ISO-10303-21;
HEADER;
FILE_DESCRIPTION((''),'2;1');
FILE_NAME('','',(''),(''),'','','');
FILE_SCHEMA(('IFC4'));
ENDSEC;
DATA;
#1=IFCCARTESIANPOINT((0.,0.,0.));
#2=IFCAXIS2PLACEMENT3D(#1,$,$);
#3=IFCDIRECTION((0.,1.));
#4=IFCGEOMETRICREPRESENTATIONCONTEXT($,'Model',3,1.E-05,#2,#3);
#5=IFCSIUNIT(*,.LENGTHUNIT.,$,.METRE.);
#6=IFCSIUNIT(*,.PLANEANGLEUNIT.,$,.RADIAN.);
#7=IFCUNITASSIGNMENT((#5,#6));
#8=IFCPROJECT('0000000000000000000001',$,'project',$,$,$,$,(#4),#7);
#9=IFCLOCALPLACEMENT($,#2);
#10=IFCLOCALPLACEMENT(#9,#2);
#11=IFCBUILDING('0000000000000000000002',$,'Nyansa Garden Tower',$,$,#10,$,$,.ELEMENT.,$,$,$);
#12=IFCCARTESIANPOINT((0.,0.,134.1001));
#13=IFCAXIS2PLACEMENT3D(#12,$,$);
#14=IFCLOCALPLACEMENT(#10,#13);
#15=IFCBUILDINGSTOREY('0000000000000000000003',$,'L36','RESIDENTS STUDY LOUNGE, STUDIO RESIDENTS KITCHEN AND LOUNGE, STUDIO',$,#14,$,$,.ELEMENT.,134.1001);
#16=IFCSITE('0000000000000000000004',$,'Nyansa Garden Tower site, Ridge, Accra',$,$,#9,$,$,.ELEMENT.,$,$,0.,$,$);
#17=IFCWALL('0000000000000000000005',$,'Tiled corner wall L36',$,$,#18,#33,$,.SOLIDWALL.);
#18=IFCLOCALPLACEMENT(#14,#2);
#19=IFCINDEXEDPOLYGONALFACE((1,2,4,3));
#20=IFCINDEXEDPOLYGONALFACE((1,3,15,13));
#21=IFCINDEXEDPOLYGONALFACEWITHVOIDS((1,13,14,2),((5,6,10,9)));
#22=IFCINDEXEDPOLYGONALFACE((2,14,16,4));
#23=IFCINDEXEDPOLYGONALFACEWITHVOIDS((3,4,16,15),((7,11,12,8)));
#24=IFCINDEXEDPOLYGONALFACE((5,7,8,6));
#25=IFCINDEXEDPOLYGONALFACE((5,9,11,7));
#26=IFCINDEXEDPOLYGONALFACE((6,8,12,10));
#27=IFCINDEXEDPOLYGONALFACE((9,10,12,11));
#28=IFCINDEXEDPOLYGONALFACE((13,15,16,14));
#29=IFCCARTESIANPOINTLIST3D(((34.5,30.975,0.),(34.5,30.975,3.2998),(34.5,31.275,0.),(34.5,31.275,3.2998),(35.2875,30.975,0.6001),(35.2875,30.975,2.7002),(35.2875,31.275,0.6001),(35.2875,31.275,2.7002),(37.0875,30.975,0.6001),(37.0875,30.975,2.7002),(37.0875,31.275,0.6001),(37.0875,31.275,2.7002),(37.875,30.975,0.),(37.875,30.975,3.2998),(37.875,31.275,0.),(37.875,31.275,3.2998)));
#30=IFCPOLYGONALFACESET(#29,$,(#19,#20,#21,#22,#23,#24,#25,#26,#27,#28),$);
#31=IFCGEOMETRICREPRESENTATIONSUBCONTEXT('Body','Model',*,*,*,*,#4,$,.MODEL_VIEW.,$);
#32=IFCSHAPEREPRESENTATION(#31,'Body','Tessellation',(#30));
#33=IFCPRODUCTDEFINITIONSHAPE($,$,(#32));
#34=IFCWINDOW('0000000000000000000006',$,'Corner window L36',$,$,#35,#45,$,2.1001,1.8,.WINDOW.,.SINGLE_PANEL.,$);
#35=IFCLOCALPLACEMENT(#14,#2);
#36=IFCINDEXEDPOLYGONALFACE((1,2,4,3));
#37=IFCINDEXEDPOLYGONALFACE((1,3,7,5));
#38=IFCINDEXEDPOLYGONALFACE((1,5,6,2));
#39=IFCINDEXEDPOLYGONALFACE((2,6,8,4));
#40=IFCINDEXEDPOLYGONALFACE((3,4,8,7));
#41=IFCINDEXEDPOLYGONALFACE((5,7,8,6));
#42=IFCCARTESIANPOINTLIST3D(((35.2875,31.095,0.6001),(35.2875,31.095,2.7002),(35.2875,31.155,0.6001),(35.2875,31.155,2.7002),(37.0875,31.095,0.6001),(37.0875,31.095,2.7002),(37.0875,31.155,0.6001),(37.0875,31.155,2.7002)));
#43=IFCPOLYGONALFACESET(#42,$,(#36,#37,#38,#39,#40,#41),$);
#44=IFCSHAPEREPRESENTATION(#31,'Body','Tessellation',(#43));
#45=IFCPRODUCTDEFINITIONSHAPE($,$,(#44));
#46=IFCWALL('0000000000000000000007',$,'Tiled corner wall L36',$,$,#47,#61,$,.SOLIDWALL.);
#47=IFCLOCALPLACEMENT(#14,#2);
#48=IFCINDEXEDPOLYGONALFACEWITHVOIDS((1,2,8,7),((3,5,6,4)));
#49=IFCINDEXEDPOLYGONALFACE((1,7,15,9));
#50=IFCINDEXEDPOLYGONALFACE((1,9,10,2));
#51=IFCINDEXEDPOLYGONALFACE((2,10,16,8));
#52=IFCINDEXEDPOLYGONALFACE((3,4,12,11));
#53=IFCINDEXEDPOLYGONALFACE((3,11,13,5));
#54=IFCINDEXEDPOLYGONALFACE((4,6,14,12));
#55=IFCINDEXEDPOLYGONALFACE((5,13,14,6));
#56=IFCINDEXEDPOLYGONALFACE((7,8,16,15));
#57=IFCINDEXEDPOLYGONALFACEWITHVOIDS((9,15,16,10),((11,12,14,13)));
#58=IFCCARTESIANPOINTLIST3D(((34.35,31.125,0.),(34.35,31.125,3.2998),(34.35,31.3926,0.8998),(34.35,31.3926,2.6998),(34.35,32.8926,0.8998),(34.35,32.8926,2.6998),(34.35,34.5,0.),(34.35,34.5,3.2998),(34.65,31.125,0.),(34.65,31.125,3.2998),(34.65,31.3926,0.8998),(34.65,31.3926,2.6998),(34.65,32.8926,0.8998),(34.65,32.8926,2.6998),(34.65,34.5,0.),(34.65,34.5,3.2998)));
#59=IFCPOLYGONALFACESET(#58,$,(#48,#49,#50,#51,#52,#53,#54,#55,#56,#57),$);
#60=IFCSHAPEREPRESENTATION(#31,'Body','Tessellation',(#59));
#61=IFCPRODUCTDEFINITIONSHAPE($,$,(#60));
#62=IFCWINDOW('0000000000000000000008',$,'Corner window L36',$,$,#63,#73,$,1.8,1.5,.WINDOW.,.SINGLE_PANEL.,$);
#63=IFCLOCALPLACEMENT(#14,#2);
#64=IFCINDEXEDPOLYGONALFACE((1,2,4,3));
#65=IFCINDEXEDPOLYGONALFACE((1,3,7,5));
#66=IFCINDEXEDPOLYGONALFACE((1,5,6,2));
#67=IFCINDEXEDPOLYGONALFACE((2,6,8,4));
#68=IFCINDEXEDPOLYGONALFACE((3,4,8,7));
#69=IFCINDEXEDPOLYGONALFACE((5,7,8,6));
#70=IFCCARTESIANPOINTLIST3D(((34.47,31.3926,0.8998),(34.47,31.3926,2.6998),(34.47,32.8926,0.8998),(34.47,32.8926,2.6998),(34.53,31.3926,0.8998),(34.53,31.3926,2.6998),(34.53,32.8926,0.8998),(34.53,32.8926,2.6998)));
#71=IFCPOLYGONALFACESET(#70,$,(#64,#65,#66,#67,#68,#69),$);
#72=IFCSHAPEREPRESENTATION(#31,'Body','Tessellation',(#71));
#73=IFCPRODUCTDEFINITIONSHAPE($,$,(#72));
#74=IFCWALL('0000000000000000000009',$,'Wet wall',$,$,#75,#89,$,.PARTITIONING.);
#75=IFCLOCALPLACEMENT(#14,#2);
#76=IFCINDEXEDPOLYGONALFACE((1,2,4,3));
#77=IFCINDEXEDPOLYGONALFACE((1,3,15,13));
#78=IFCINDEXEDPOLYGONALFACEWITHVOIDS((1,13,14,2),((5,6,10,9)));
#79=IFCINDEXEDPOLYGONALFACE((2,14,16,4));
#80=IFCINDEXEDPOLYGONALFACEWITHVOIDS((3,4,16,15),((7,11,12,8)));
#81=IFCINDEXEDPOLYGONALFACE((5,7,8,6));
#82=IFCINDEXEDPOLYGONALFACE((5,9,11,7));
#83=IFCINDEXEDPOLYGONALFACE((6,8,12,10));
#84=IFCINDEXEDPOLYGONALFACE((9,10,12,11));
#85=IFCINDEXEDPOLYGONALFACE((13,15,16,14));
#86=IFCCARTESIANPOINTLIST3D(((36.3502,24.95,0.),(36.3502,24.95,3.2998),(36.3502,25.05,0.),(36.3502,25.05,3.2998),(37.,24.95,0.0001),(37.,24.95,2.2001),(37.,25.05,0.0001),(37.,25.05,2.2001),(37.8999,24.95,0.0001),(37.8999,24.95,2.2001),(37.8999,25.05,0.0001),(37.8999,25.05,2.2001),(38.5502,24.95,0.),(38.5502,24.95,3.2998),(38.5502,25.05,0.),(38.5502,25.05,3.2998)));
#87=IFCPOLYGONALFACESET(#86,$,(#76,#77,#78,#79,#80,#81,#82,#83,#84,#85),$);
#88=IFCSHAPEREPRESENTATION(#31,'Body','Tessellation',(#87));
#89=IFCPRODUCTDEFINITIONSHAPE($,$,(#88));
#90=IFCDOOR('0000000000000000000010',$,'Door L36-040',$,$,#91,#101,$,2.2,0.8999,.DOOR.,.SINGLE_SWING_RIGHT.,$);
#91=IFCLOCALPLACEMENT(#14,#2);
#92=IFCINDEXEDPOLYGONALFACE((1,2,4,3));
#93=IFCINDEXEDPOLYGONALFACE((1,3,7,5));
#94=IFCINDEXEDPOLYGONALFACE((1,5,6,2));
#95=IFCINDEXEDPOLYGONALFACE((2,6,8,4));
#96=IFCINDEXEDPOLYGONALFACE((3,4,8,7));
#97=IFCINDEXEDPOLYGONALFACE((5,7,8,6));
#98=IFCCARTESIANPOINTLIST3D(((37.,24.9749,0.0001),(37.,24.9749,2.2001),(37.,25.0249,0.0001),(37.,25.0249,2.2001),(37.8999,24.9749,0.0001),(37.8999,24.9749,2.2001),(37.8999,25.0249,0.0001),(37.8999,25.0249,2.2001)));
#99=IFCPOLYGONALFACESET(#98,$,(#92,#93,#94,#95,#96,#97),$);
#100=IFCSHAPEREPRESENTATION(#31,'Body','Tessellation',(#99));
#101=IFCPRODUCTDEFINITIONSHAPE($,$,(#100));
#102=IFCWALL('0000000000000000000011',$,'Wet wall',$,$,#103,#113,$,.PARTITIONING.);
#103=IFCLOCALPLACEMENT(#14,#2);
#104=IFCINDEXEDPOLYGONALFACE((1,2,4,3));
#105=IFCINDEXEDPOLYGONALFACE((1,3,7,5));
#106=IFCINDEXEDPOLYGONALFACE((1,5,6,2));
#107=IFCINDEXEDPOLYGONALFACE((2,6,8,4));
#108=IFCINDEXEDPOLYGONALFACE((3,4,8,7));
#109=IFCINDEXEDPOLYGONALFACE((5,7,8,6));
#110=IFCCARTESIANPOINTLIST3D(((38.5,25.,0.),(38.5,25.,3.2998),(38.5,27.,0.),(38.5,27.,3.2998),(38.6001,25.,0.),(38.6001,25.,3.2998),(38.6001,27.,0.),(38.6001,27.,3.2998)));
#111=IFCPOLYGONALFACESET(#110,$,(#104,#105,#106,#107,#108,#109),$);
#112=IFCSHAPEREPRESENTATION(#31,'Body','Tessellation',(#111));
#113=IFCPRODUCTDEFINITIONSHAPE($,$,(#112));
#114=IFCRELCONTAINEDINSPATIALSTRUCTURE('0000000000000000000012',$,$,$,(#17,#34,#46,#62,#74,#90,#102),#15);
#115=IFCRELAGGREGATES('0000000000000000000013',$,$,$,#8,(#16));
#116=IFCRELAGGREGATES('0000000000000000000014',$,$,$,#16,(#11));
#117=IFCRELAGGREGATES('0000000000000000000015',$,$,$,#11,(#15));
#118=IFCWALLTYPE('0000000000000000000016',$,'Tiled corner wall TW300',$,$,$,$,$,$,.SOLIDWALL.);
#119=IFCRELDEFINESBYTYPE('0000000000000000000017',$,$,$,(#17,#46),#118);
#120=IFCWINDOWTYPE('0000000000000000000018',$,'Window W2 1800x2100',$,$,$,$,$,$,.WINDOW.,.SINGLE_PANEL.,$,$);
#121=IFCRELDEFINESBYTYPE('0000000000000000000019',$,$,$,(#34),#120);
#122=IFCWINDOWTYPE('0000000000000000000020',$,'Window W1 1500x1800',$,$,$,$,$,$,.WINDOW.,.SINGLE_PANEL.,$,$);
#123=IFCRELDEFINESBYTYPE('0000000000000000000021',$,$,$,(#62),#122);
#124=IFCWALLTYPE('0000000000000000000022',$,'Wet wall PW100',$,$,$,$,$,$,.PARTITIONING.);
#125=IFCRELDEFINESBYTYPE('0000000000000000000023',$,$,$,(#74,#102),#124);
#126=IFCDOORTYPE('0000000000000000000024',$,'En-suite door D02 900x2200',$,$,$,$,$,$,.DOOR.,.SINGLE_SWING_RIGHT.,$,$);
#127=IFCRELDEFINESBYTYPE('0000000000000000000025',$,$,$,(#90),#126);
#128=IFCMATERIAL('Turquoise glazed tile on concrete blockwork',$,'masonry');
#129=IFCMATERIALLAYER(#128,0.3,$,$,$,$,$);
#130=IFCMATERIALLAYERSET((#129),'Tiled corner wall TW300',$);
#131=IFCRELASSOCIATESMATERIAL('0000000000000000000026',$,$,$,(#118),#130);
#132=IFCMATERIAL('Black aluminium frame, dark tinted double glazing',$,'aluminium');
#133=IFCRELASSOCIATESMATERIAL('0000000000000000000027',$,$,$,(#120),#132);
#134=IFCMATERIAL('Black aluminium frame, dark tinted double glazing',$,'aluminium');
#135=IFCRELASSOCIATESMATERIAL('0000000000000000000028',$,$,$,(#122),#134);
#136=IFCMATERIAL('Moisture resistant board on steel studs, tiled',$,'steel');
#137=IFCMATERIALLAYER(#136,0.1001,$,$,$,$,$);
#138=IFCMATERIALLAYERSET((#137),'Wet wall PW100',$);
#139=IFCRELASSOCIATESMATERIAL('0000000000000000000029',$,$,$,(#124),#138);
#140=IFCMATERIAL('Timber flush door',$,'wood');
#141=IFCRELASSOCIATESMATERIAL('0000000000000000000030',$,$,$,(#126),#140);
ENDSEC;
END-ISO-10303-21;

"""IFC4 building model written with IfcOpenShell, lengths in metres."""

from ifc_helpers import new_model, si_unit, direction, frame, frame_2d, origin, place, context, subcontext, project, spatial, rectangle, extrude, material, layer, layer_set, type_object, element, fill, save


model = new_model("IFC4")

# Units and contexts
model_context = context("Model", 3, precision=1e-05, world=origin(), true_north=direction((0.0, 1.0)))
body_context = subcontext(model_context, "Body", "Model", "MODEL_VIEW")
ifc_project = project(units=[si_unit("LENGTHUNIT", "METRE"), si_unit("PLANEANGLEUNIT", "RADIAN")], contexts=[model_context])

# Site, building, storey
site_placement = place(None, origin())
site = spatial("IfcSite", under=ifc_project, at=site_placement, Name="Nyansa Garden Tower site, Ridge, Accra", CompositionType="ELEMENT", RefElevation=0.0)
building_placement = place(site_placement, origin())
building = spatial("IfcBuilding", under=site, at=building_placement, Name="Nyansa Garden Tower", CompositionType="ELEMENT")
storey_placement = place(building_placement, frame((0.0, 0.0, 134.1001)))
storey = spatial("IfcBuildingStorey", under=building, at=storey_placement, Name="L36", Description="RESIDENTS STUDY LOUNGE, STUDIO RESIDENTS KITCHEN AND LOUNGE, STUDIO", CompositionType="ELEMENT", Elevation=134.1001)

# Walls, openings, windows
ifc_material_1 = material(Name="Turquoise glazed tile on concrete blockwork", Category="masonry")
ifc_layer_1 = layer(ifc_material_1, 0.3)
ifc_layer_set_1 = layer_set([ifc_layer_1], Name="Tiled corner wall TW300")
wall_type_1 = type_object("IfcWallType", Name="Tiled corner wall TW300", PredefinedType="SOLIDWALL", material=ifc_layer_set_1)
ifc_material_2 = material(Name="Black aluminium frame, dark tinted double glazing", Category="aluminium")
window_type_1 = type_object("IfcWindowType", Name="Window W2 1800x2100", PartitioningType="SINGLE_PANEL", PredefinedType="WINDOW", material=ifc_material_2)
wall_1_placement = place(storey_placement, frame((37.875, 31.125, 0.0), z_axis=(0.0, 0.0, 1.0), x_axis=(-1.0, 0.0, 0.0)))
wall_1 = element("IfcWall", 1, at=wall_1_placement, inside=storey, type_object=wall_type_1, Name="Tiled corner wall L36", PredefinedType="SOLIDWALL", context=body_context, shape_type="SweptSolid", body=[
    extrude(rectangle(XDim=3.375, YDim=0.3, at=frame_2d((1.6875, 0.0))), origin(), (0.0, 0.0, 1.0), 3.2998),
])
opening_1_placement = place(wall_1_placement, frame((0.7876, 0.0, 0.6001)))
opening_1 = element("IfcOpeningElement", 2, at=opening_1_placement, cuts=wall_1, PredefinedType="OPENING", context=body_context, shape_type="SweptSolid", body=[
    extrude(rectangle(XDim=1.8, YDim=2.1001, at=frame_2d((0.8999, 1.05))), frame((0.0, 0.1599, 0.0), z_axis=(0.0, -1.0, 0.0), x_axis=(1.0, 0.0, 0.0)), (0.0, 0.0, 1.0), 0.3201),
])
window_1_placement = place(opening_1_placement, origin())
window_1 = element("IfcWindow", 3, at=window_1_placement, inside=storey, type_object=window_type_1, Name="Corner window L36", OverallHeight=2.1001, OverallWidth=1.8, PartitioningType="SINGLE_PANEL", PredefinedType="WINDOW", context=body_context, shape_type="SweptSolid", body=[
    extrude(rectangle(XDim=1.8, YDim=2.1001, at=frame_2d((0.8999, 1.05))), frame((0.0, 0.03, 0.0), z_axis=(0.0, -1.0, 0.0), x_axis=(1.0, 0.0, 0.0)), (0.0, 0.0, 1.0), 0.0601),
])
fill(opening_1, window_1)
wall_2_placement = place(storey_placement, frame((34.5, 31.125, 0.0), z_axis=(0.0, 0.0, 1.0), x_axis=(0.0, 1.0, 0.0)))
wall_2 = element("IfcWall", 4, at=wall_2_placement, inside=storey, type_object=wall_type_1, Name="Tiled corner wall L36", PredefinedType="SOLIDWALL", context=body_context, shape_type="SweptSolid", body=[
    extrude(rectangle(XDim=3.375, YDim=0.3, at=frame_2d((1.6875, 0.0))), origin(), (0.0, 0.0, 1.0), 3.2998),
])
opening_2_placement = place(wall_2_placement, frame((0.2676, 0.0, 0.8999)))
opening_2 = element("IfcOpeningElement", 5, at=opening_2_placement, cuts=wall_2, PredefinedType="OPENING", context=body_context, shape_type="SweptSolid", body=[
    extrude(rectangle(XDim=1.5, YDim=1.8, at=frame_2d((0.75, 0.8999))), frame((0.0, 0.1599, 0.0), z_axis=(0.0, -1.0, 0.0), x_axis=(1.0, 0.0, 0.0)), (0.0, 0.0, 1.0), 0.3201),
])
ifc_material_3 = material(Name="Black aluminium frame, dark tinted double glazing", Category="aluminium")
window_type_2 = type_object("IfcWindowType", Name="Window W1 1500x1800", PartitioningType="SINGLE_PANEL", PredefinedType="WINDOW", material=ifc_material_3)
window_2_placement = place(opening_2_placement, origin())
window_2 = element("IfcWindow", 6, at=window_2_placement, inside=storey, type_object=window_type_2, Name="Corner window L36", OverallHeight=1.8, OverallWidth=1.5, PartitioningType="SINGLE_PANEL", PredefinedType="WINDOW", context=body_context, shape_type="SweptSolid", body=[
    extrude(rectangle(XDim=1.5, YDim=1.8, at=frame_2d((0.75, 0.8999))), frame((0.0, 0.03, 0.0), z_axis=(0.0, -1.0, 0.0), x_axis=(1.0, 0.0, 0.0)), (0.0, 0.0, 1.0), 0.0601),
])
fill(opening_2, window_2)

# Wall, opening, door
ifc_material_4 = material(Name="Moisture resistant board on steel studs, tiled", Category="steel")
ifc_layer_2 = layer(ifc_material_4, 0.1001)
ifc_layer_set_2 = layer_set([ifc_layer_2], Name="Wet wall PW100")
wall_type_2 = type_object("IfcWallType", Name="Wet wall PW100", PredefinedType="PARTITIONING", material=ifc_layer_set_2)
wall_3_placement = place(storey_placement, frame((36.3501, 25.0, 0.0), z_axis=(0.0, 0.0, 1.0), x_axis=(1.0, 0.0, 0.0)))
wall_3 = element("IfcWall", 7, at=wall_3_placement, inside=storey, type_object=wall_type_2, Name="Wet wall", PredefinedType="PARTITIONING", context=body_context, shape_type="SweptSolid", body=[
    extrude(rectangle(XDim=2.2, YDim=0.1001, at=frame_2d((1.1001, 0.0))), origin(), (0.0, 0.0, 1.0), 3.2998),
])
opening_3_placement = place(wall_3_placement, frame((0.6499, 0.0, 0.0)))
opening_3 = element("IfcOpeningElement", 8, at=opening_3_placement, cuts=wall_3, PredefinedType="OPENING", context=body_context, shape_type="SweptSolid", body=[
    extrude(rectangle(XDim=0.8999, YDim=2.2, at=frame_2d((0.45, 1.1001))), frame((0.0, 0.0601, 0.0), z_axis=(0.0, -1.0, 0.0), x_axis=(1.0, 0.0, 0.0)), (0.0, 0.0, 1.0), 0.1201),
])
ifc_material_5 = material(Name="Timber flush door", Category="wood")
door_type = type_object("IfcDoorType", Name="En-suite door D02 900x2200", OperationType="SINGLE_SWING_RIGHT", PredefinedType="DOOR", material=ifc_material_5)
door_placement = place(opening_3_placement, origin())
door = element("IfcDoor", 9, at=door_placement, inside=storey, type_object=door_type, Name="Door L36-040", OperationType="SINGLE_SWING_RIGHT", OverallHeight=2.2, OverallWidth=0.8999, PredefinedType="DOOR", context=body_context, shape_type="SweptSolid", body=[
    extrude(rectangle(XDim=0.8999, YDim=2.2, at=frame_2d((0.45, 1.1001))), frame((0.0, 0.0249, 0.0), z_axis=(0.0, -1.0, 0.0), x_axis=(1.0, 0.0, 0.0)), (0.0, 0.0, 1.0), 0.05),
])
fill(opening_3, door)

# Wall
wall_4_placement = place(storey_placement, frame((38.55, 25.0, 0.0), z_axis=(0.0, 0.0, 1.0), x_axis=(0.0, 1.0, 0.0)))
element("IfcWall", 10, at=wall_4_placement, inside=storey, type_object=wall_type_2, Name="Wet wall", PredefinedType="PARTITIONING", context=body_context, shape_type="SweptSolid", body=[
    extrude(rectangle(XDim=2.0, YDim=0.1001, at=frame_2d((1.0, 0.0))), origin(), (0.0, 0.0, 1.0), 3.2998),
])

save(model, "model.ifc")
